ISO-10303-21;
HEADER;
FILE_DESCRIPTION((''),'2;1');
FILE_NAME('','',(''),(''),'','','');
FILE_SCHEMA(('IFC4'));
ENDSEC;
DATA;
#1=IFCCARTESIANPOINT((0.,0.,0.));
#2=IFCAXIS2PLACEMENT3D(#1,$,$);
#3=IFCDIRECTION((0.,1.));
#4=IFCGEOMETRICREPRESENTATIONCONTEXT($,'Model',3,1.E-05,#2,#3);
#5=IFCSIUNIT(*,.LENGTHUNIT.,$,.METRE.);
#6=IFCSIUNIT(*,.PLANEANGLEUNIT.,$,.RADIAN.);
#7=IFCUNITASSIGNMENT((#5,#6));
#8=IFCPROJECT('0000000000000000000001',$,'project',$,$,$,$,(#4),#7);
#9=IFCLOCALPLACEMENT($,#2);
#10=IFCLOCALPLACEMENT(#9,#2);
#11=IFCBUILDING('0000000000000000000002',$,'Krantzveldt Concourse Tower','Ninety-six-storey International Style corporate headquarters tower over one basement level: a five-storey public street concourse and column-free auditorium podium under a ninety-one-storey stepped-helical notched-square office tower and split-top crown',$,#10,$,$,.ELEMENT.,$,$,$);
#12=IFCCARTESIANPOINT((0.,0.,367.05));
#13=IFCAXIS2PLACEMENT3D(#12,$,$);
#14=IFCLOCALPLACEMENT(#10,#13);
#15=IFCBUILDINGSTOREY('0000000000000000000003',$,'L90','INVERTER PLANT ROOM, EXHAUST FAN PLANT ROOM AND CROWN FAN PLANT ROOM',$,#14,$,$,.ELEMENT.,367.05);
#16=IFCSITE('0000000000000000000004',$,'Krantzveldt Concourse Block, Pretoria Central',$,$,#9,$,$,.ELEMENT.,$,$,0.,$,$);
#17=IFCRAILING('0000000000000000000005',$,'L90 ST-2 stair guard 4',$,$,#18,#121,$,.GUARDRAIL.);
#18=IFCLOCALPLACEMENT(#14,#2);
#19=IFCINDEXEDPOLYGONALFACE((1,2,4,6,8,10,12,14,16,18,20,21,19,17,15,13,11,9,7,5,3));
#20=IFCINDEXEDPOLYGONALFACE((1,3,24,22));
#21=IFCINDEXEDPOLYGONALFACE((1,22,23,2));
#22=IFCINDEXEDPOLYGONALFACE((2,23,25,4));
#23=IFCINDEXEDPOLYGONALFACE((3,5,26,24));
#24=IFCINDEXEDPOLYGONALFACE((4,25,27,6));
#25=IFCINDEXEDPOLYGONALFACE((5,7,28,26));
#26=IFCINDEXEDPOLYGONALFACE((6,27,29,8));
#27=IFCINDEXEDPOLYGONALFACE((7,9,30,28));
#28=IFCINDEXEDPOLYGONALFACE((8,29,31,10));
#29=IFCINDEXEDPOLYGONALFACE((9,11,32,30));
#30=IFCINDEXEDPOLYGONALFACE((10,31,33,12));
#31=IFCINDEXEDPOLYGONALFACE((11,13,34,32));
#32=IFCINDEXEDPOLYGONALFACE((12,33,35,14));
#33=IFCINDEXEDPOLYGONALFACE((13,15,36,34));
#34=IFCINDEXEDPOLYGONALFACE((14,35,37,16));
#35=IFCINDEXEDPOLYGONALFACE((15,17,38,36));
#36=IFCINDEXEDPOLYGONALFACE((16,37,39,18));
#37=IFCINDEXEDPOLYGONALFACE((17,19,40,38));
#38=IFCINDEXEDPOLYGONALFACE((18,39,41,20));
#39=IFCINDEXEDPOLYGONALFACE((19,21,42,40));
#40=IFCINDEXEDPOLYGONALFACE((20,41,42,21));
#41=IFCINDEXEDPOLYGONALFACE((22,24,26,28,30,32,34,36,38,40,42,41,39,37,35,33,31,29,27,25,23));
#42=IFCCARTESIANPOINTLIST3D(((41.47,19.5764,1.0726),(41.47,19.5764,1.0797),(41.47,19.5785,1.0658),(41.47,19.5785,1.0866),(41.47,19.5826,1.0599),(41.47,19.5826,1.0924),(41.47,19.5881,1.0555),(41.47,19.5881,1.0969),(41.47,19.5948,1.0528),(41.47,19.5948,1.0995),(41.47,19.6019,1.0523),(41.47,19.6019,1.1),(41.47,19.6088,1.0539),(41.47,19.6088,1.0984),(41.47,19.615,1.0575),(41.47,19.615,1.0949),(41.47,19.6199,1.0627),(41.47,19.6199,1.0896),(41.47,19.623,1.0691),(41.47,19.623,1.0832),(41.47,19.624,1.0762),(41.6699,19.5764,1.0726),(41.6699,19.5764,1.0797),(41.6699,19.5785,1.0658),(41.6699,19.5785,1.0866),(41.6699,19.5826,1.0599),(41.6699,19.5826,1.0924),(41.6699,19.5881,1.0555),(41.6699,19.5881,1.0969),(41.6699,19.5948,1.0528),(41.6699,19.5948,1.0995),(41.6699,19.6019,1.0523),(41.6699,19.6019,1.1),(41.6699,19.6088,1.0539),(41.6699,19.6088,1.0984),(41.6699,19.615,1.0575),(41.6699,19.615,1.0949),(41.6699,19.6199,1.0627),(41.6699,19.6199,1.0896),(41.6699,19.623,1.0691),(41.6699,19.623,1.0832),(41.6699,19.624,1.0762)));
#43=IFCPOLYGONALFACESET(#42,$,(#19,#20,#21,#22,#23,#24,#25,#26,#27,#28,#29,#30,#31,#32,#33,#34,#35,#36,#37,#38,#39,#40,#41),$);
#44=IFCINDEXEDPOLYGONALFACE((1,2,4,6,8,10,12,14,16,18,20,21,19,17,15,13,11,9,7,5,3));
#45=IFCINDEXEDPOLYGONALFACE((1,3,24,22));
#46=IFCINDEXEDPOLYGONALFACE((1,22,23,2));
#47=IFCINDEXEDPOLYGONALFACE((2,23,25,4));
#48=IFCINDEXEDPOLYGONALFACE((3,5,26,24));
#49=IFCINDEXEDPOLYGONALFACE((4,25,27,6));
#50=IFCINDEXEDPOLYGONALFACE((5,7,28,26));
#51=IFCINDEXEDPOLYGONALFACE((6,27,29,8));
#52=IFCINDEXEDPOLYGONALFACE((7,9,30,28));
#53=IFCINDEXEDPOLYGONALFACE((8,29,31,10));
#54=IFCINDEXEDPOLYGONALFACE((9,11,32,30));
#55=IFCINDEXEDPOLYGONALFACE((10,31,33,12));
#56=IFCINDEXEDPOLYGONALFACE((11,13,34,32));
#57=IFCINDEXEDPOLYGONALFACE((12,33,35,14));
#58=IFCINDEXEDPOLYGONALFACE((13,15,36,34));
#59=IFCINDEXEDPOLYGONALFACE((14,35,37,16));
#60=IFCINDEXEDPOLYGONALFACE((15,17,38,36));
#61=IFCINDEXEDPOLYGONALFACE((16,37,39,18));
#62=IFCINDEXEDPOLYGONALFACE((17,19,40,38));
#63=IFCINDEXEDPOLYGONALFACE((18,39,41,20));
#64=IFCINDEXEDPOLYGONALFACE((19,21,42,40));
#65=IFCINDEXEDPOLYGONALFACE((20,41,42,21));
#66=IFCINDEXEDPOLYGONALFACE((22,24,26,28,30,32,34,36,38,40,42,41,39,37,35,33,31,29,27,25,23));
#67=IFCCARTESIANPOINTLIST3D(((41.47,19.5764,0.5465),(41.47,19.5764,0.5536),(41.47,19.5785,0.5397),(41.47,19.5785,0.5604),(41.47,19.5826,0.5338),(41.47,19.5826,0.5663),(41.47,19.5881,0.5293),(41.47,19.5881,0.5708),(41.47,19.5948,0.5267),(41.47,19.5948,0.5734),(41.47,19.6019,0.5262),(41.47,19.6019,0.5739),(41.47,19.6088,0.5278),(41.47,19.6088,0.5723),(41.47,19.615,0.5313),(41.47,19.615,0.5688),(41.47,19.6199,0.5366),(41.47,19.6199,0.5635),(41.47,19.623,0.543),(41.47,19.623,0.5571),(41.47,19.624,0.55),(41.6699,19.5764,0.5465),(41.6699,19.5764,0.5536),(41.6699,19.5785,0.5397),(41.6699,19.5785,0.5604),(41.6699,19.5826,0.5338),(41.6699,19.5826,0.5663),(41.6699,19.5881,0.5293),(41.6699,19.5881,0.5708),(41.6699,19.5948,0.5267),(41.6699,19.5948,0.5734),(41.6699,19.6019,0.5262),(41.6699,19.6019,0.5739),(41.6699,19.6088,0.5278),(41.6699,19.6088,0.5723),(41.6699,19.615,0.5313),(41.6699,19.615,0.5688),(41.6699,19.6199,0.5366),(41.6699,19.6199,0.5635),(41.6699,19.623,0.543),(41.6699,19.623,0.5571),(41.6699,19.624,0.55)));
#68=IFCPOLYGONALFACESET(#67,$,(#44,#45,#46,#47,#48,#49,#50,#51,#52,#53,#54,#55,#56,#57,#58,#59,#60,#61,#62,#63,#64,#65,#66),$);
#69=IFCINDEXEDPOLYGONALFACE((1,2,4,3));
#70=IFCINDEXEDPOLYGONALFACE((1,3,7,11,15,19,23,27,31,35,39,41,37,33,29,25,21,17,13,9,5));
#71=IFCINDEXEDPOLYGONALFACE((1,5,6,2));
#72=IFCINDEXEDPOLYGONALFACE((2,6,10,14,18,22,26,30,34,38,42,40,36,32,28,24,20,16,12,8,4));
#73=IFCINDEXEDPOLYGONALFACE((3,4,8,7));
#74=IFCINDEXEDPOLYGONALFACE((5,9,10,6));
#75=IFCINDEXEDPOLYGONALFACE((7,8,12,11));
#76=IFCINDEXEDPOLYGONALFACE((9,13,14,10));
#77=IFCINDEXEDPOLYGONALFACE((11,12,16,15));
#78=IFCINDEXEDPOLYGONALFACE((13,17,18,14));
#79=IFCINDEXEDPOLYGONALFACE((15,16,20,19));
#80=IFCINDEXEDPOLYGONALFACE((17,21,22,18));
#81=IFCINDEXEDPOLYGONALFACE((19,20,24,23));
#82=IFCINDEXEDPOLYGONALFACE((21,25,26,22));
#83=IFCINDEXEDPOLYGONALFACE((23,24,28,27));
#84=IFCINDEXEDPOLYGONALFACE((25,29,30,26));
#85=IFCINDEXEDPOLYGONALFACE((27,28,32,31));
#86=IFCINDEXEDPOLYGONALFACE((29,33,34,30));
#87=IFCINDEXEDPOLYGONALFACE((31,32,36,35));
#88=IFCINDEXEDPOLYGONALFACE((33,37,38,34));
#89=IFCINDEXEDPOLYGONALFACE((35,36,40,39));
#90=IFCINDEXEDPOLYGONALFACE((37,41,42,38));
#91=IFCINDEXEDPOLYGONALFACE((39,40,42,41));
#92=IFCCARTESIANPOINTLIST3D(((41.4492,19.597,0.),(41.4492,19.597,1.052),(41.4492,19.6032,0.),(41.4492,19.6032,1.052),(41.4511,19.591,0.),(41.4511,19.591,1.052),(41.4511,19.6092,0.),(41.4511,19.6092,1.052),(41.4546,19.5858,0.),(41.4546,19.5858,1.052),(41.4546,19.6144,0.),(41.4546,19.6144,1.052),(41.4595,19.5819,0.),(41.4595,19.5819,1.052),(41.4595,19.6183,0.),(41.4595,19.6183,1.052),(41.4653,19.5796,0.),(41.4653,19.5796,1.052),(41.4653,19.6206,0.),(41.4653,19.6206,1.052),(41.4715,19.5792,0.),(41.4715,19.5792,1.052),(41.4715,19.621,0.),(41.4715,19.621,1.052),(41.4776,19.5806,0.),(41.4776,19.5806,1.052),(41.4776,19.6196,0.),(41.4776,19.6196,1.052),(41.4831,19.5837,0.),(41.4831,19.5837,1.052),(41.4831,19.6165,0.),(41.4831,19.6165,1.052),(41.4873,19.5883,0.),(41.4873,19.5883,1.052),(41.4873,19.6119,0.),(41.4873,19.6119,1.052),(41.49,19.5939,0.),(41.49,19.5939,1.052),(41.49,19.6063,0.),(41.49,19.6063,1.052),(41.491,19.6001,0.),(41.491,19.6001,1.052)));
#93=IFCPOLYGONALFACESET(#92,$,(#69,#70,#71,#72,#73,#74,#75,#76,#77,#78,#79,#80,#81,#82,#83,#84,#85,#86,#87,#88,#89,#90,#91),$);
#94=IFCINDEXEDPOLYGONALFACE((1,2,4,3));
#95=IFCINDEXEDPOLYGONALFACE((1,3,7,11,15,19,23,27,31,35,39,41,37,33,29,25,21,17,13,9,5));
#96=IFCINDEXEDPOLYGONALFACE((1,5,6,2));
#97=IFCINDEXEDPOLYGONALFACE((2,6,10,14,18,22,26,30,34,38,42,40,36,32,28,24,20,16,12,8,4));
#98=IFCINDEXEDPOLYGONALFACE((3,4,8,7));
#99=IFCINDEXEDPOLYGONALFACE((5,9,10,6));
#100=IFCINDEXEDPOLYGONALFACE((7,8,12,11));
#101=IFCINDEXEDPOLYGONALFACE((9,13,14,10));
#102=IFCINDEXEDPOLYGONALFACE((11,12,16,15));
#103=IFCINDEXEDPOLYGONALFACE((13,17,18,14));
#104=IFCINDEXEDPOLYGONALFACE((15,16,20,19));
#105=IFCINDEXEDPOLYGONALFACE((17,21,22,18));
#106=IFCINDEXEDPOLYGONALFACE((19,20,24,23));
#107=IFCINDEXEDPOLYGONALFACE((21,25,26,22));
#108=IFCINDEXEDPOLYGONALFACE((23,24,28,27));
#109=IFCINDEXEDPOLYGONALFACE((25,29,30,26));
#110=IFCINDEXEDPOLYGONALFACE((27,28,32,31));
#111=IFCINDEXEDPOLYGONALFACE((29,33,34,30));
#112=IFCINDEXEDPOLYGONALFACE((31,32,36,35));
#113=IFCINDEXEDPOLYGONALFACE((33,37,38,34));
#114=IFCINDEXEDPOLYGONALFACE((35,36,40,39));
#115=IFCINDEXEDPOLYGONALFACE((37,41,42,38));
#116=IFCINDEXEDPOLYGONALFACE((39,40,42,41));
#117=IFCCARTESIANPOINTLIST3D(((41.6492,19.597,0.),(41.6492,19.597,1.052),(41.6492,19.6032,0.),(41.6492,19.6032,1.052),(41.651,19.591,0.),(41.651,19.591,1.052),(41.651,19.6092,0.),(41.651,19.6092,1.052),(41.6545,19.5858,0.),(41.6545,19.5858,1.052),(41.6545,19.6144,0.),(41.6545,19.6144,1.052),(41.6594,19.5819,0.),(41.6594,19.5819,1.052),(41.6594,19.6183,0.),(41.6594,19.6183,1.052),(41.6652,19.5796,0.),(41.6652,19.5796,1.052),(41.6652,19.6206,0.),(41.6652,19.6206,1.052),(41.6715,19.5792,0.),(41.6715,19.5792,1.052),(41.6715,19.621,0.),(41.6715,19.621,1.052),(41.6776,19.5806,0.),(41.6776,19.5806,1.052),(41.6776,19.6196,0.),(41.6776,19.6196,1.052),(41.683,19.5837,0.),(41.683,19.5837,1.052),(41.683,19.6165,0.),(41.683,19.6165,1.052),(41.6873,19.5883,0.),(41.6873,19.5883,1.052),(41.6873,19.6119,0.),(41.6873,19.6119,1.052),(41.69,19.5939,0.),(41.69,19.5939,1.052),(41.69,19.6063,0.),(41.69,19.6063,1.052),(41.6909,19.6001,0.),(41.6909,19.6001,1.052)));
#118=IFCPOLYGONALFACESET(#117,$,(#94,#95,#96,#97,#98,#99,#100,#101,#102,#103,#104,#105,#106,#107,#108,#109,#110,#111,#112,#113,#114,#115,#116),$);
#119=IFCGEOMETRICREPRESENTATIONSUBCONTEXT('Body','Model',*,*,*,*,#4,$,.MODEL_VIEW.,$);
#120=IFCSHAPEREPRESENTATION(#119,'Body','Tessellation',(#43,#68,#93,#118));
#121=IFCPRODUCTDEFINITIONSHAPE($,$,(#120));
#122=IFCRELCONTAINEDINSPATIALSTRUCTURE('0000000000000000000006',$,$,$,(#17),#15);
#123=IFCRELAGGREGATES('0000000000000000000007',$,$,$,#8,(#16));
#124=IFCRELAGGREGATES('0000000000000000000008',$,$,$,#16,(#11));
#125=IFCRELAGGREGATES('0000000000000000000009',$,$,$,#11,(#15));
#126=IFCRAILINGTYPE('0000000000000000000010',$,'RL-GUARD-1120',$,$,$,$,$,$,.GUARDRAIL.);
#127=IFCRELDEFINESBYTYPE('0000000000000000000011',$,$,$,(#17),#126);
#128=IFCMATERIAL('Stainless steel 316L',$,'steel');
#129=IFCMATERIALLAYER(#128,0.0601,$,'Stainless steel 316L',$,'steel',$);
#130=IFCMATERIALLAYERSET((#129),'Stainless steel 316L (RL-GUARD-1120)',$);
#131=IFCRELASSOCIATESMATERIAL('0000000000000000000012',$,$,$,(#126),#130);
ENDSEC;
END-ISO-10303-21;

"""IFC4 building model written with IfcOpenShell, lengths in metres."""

from ifc_helpers import new_model, si_unit, direction, frame, origin, origin_2d, place, context, subcontext, project, spatial, circle, extrude, material, layer, layer_set, type_object, element, save


model = new_model("IFC4")

# Units and contexts
model_context = context("Model", 3, precision=1e-05, world=origin(), true_north=direction((0.0, 1.0)))
body_context = subcontext(model_context, "Body", "Model", "MODEL_VIEW")
ifc_project = project(units=[si_unit("LENGTHUNIT", "METRE"), si_unit("PLANEANGLEUNIT", "RADIAN")], contexts=[model_context])

# Site, building, storey
site_placement = place(None, origin())
site = spatial("IfcSite", under=ifc_project, at=site_placement, Name="Krantzveldt Concourse Block, Pretoria Central", CompositionType="ELEMENT", RefElevation=0.0)
building_placement = place(site_placement, origin())
building = spatial("IfcBuilding", under=site, at=building_placement, Name="Krantzveldt Concourse Tower", Description="Ninety-six-storey International Style corporate headquarters tower over one basement level: a five-storey public street concourse and column-free auditorium podium under a ninety-one-storey stepped-helical notched-square office tower and split-top crown", CompositionType="ELEMENT")
storey_placement = place(building_placement, frame((0.0, 0.0, 367.05)))
storey = spatial("IfcBuildingStorey", under=building, at=storey_placement, Name="L90", Description="INVERTER PLANT ROOM, EXHAUST FAN PLANT ROOM AND CROWN FAN PLANT ROOM", CompositionType="ELEMENT", Elevation=367.05)

# Shared definitions
ifc_material_1 = material(Name="Stainless steel 316L", Category="steel")

# Railing
ifc_layer_1 = layer(ifc_material_1, 0.0601, Name="Stainless steel 316L", Category="steel")
ifc_layer_set_1 = layer_set([ifc_layer_1], Name="Stainless steel 316L (RL-GUARD-1120)")
railing_type_1 = type_object("IfcRailingType", Name="RL-GUARD-1120", PredefinedType="GUARDRAIL", material=ifc_layer_set_1)
railing_1_placement = place(storey_placement, frame((41.47, 19.6001, 0.0)))
element("IfcRailing", 1, at=railing_1_placement, inside=storey, type_object=railing_type_1, Name="L90 ST-2 stair guard 4", PredefinedType="GUARDRAIL", context=body_context, shape_type="SweptSolid", body=[
    extrude(circle(Radius=0.0239, at=origin_2d()), frame((0.0, 0.0, 1.0762), z_axis=(1.0, 0.0, 0.0), x_axis=(0.0, 1.0, 0.0)), (0.0, 0.0, 1.0), 0.2),
    extrude(circle(Radius=0.0239, at=origin_2d()), frame((0.0, 0.0, 0.55), z_axis=(1.0, 0.0, 0.0), x_axis=(0.0, 1.0, 0.0)), (0.0, 0.0, 1.0), 0.2),
    extrude(circle(Radius=0.021, at=origin_2d()), origin(), (0.0, 0.0, 1.0), 1.052),
    extrude(circle(Radius=0.021, at=origin_2d()), frame((0.2, 0.0, 0.0)), (0.0, 0.0, 1.0), 1.052),
])

save(model, "model.ifc")
